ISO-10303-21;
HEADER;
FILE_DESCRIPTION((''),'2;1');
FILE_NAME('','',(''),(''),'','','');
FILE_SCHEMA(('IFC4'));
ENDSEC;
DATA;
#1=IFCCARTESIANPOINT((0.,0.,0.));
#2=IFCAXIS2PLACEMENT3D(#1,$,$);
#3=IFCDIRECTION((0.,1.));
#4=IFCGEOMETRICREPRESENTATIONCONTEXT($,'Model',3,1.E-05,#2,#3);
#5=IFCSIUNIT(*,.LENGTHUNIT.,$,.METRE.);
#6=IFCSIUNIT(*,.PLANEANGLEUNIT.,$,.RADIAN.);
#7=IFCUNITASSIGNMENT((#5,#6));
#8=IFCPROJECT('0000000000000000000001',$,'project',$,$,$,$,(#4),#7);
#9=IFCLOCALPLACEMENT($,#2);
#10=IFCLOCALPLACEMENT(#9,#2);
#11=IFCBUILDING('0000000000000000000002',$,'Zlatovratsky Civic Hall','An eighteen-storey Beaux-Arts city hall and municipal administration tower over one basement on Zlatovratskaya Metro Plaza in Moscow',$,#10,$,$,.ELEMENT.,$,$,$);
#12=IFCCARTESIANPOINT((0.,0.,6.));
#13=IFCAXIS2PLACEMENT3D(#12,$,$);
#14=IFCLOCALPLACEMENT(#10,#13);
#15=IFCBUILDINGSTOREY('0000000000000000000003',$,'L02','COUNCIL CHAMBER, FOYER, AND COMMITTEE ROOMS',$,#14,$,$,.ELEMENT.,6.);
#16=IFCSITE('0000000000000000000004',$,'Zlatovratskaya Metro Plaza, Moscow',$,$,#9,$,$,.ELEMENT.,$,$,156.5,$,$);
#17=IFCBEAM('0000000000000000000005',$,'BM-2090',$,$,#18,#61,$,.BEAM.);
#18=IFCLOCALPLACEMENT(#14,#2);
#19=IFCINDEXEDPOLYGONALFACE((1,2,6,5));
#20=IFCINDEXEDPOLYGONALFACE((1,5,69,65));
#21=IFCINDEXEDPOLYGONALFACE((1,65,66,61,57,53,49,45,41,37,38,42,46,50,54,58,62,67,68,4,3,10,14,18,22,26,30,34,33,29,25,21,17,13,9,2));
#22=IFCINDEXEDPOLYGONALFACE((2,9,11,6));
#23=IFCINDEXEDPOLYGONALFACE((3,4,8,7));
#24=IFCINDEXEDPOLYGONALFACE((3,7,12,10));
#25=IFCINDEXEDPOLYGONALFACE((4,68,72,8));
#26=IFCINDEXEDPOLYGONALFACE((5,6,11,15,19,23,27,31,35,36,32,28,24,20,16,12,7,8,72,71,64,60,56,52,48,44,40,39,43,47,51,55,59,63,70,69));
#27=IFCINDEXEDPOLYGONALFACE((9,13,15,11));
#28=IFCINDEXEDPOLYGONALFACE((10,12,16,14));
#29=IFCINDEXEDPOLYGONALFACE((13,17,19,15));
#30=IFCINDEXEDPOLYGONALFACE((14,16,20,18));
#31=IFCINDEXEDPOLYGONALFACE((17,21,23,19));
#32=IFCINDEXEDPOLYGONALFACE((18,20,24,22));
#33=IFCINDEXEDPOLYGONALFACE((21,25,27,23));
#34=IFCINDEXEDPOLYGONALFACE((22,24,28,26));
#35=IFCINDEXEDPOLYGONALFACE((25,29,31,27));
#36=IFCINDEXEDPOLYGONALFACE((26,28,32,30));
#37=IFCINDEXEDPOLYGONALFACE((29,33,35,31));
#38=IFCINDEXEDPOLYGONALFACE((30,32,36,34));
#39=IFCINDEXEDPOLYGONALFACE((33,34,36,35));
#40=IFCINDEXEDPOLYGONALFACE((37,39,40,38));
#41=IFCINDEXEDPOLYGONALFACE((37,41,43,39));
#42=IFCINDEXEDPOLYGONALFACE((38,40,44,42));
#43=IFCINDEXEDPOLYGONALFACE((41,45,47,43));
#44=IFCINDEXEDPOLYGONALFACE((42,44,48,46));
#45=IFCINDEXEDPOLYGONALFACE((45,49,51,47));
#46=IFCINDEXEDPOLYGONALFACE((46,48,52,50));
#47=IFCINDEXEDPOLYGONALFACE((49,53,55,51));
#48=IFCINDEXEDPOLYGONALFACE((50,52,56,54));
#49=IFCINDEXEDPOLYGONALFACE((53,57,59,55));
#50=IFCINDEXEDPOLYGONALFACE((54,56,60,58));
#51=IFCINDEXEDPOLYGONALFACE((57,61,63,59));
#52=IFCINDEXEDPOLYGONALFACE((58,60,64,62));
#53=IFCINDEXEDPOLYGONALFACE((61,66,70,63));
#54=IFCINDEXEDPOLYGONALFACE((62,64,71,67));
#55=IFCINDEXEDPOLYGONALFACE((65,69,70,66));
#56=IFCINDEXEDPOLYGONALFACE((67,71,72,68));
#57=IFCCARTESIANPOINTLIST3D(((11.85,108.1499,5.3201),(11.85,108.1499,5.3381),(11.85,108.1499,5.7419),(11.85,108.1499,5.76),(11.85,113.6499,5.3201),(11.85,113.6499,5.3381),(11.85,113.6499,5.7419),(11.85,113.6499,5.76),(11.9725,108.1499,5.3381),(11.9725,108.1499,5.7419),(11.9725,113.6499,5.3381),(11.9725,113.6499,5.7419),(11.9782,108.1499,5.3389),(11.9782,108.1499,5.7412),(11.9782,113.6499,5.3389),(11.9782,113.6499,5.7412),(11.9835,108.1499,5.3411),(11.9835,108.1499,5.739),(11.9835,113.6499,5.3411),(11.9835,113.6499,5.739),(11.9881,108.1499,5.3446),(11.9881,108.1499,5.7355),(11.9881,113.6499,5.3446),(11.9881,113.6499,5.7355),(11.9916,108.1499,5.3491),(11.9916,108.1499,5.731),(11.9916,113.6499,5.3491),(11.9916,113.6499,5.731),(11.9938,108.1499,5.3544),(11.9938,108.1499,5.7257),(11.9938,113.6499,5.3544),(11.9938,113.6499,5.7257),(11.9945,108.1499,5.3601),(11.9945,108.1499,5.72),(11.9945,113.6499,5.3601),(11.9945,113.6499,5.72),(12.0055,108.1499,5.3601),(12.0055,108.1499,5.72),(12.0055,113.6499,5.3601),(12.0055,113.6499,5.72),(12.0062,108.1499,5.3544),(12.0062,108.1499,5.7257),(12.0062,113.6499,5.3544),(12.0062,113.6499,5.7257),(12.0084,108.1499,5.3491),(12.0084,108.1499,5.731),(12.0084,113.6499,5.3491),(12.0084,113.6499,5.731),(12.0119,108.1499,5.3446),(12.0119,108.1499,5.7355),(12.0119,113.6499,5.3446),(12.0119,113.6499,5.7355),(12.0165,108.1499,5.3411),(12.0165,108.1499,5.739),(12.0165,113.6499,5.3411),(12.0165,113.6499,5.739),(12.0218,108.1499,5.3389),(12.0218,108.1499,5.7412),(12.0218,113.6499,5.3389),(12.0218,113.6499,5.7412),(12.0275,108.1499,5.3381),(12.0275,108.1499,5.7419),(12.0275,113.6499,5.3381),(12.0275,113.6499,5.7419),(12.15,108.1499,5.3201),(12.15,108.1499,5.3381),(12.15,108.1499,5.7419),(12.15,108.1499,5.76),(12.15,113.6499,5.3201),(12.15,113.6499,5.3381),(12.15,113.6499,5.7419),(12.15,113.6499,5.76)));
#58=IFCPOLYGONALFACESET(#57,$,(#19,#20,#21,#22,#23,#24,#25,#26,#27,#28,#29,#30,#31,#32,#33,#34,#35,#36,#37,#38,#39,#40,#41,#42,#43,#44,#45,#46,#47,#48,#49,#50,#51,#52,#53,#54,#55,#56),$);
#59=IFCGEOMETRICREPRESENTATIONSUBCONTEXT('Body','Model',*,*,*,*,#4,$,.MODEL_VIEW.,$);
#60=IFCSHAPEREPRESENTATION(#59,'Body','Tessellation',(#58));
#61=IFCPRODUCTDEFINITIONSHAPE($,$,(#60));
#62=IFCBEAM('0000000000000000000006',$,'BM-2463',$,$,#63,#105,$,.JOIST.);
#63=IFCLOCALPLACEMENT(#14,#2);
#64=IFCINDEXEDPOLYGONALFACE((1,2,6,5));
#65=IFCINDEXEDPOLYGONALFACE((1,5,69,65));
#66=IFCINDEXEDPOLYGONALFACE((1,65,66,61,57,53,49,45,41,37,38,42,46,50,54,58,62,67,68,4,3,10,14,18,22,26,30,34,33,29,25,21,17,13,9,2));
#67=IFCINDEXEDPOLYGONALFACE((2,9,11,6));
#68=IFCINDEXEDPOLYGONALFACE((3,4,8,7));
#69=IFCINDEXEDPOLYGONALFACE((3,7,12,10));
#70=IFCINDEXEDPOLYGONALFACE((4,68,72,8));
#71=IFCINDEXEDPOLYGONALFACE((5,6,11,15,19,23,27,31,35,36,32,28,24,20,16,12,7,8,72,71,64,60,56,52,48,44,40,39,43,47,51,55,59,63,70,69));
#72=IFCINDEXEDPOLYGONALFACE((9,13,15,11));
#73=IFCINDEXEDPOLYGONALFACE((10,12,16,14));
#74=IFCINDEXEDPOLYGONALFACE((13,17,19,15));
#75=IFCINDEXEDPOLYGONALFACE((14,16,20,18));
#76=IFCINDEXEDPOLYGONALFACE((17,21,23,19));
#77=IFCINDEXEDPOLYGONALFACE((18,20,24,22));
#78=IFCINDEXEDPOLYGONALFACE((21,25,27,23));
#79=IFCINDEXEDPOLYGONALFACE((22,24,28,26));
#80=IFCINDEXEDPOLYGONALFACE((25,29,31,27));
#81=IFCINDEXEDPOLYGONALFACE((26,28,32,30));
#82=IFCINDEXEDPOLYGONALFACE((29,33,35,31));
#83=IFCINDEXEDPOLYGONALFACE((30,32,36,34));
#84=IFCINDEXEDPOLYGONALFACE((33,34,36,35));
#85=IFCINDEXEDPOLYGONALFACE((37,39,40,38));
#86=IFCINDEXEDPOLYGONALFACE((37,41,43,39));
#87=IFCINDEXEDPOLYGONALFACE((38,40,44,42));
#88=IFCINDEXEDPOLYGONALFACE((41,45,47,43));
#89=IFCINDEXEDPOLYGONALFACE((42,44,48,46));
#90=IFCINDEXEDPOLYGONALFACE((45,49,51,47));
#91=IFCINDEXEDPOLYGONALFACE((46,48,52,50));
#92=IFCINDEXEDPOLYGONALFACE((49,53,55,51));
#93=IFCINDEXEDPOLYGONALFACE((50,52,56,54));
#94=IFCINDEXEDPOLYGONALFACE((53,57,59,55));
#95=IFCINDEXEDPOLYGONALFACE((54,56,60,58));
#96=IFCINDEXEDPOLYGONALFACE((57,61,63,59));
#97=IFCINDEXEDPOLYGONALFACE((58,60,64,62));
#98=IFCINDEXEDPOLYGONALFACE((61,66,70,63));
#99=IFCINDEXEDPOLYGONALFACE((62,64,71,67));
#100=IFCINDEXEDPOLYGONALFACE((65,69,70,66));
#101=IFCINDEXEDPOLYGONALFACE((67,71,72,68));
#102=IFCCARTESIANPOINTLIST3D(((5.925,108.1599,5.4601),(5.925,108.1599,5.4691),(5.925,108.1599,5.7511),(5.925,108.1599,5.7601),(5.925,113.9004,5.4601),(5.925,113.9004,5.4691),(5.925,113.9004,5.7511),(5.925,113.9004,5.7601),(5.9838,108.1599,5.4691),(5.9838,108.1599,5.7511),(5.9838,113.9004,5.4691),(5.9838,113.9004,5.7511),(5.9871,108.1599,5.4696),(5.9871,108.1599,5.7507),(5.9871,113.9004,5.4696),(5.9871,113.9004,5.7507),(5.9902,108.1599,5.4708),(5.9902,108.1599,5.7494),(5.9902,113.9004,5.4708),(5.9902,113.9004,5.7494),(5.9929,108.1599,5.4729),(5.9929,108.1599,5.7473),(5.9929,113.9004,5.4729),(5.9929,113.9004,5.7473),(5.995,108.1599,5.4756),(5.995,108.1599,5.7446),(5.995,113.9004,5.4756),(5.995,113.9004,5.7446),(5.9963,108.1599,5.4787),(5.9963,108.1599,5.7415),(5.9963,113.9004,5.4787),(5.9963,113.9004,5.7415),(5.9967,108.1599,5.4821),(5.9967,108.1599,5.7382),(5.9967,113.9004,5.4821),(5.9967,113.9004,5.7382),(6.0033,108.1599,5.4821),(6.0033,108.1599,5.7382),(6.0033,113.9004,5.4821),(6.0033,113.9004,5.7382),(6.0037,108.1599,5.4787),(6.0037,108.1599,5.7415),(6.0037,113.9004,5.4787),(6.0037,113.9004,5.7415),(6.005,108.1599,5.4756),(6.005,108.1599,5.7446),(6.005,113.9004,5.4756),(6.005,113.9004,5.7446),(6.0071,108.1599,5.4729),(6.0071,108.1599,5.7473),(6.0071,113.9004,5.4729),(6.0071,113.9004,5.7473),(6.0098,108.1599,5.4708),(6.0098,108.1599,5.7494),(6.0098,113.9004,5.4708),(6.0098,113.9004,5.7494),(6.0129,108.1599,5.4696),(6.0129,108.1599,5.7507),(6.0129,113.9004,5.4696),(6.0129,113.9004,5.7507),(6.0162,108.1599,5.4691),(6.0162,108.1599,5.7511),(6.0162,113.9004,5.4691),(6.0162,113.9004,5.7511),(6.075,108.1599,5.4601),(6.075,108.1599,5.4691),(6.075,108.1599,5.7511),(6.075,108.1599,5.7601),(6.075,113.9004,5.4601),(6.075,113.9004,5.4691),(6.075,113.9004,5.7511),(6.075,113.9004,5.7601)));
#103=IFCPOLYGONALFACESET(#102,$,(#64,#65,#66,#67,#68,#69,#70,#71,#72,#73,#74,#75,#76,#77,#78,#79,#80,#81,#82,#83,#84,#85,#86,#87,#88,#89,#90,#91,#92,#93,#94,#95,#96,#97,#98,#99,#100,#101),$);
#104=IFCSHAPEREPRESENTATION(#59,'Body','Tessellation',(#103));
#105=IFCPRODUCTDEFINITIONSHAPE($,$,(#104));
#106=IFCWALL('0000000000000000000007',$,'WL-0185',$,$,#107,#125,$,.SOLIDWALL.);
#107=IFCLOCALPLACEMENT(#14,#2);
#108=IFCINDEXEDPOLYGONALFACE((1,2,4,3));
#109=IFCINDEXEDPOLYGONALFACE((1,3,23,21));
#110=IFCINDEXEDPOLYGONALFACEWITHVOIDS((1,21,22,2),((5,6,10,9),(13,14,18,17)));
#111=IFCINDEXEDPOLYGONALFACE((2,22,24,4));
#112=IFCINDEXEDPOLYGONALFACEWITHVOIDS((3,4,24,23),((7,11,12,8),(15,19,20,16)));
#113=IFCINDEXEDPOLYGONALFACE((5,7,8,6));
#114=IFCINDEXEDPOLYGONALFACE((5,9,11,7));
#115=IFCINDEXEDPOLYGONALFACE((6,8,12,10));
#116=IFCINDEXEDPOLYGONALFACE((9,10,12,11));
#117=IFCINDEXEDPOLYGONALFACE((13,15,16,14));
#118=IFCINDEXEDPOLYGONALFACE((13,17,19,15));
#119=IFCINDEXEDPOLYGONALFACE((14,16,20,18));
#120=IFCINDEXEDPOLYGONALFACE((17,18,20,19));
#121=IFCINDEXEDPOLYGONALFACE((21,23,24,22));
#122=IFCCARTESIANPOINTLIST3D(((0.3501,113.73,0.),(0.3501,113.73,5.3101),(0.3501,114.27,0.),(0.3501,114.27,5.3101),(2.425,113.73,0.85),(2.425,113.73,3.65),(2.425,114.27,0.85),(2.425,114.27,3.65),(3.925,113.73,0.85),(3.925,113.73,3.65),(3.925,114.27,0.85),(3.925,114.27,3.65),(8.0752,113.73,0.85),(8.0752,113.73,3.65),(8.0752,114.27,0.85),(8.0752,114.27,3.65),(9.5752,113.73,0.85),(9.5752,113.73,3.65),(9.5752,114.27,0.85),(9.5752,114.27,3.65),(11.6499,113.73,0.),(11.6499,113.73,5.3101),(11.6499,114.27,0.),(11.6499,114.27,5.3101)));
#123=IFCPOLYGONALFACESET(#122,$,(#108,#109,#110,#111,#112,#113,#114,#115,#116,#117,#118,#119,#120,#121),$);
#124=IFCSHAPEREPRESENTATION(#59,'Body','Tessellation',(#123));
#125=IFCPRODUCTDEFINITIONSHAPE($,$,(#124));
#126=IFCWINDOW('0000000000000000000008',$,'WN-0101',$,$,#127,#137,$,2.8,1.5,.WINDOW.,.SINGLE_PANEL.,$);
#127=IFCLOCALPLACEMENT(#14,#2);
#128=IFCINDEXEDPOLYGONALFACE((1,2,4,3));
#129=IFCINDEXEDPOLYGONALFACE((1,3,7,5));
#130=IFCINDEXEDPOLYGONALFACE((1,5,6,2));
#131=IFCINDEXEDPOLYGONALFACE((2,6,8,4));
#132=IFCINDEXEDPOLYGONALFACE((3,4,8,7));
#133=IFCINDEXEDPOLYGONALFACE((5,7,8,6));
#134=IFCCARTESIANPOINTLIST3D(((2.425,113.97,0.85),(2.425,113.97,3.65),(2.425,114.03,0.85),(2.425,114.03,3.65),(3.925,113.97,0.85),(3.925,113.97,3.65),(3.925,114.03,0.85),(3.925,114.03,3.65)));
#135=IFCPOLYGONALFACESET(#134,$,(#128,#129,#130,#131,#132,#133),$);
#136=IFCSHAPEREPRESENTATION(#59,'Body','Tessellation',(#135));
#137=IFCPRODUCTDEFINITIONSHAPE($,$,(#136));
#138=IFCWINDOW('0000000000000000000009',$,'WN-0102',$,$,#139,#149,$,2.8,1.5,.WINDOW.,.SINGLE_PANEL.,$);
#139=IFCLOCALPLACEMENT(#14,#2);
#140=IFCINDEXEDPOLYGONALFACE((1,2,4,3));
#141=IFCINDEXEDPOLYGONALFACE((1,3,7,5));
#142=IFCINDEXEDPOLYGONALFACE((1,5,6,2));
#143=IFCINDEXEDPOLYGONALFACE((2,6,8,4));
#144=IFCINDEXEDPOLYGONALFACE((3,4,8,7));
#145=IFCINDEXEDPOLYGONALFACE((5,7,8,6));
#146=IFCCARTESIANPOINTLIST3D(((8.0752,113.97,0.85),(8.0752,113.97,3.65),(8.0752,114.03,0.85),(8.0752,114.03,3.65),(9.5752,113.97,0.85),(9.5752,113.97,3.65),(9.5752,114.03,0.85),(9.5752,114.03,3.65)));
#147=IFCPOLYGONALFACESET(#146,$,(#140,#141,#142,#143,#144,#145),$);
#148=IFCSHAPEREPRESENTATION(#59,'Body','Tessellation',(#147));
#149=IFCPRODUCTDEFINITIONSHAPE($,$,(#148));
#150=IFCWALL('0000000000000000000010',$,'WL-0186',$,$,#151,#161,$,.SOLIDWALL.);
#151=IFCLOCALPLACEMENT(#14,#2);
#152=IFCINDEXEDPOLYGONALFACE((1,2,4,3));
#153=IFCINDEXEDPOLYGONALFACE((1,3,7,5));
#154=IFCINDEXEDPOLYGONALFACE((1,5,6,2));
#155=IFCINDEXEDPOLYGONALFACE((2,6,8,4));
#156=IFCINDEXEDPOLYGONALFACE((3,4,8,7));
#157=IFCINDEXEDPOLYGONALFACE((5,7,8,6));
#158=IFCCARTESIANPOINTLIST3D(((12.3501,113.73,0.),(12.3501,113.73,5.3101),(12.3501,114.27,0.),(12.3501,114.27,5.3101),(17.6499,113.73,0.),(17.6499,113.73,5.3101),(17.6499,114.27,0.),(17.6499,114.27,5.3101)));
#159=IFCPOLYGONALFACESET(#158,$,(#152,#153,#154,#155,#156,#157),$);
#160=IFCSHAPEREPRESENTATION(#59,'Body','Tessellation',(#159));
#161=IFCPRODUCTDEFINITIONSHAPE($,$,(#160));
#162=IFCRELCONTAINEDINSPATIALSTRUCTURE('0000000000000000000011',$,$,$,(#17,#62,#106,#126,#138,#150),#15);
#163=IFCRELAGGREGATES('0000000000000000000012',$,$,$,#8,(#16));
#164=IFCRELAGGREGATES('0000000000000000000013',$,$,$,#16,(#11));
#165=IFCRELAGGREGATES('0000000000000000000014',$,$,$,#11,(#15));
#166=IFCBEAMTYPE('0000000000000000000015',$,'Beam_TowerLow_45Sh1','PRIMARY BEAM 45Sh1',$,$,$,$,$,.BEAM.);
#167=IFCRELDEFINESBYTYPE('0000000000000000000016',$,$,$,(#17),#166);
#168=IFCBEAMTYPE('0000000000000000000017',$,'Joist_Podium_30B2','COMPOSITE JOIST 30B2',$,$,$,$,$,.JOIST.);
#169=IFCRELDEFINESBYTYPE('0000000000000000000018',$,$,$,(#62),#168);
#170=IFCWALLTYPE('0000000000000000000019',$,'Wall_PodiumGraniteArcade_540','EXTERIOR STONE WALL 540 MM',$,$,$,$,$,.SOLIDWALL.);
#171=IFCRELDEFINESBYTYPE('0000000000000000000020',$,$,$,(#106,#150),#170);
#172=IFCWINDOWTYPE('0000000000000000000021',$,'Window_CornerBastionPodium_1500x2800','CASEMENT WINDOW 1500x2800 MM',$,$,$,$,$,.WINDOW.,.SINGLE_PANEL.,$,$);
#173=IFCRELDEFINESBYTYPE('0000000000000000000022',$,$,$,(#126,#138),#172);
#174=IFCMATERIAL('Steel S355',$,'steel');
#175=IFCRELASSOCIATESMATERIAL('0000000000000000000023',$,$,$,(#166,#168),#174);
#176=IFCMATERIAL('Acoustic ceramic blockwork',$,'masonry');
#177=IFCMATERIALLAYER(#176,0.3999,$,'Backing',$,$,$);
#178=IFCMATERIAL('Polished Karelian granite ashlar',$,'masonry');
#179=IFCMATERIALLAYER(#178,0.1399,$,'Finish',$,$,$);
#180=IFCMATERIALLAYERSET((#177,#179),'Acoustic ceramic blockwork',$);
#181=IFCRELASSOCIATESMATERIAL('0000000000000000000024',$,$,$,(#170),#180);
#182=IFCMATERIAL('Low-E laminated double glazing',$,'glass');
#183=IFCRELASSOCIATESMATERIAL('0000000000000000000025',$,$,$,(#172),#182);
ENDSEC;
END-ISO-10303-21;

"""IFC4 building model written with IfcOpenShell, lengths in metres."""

from ifc_helpers import new_model, si_unit, direction, frame, frame_2d, origin, origin_2d, place, context, subcontext, project, spatial, rectangle, i_section, extrude, material, layer, layer_set, material_profile, profile_set, type_object, element, fill, save


model = new_model("IFC4")

# Units and contexts
model_context = context("Model", 3, precision=1e-05, world=origin(), true_north=direction((0.0, 1.0)))
body_context = subcontext(model_context, "Body", "Model", "MODEL_VIEW")
ifc_project = project(units=[si_unit("LENGTHUNIT", "METRE"), si_unit("PLANEANGLEUNIT", "RADIAN")], contexts=[model_context])

# Site, building, storey
site_placement = place(None, origin())
site = spatial("IfcSite", under=ifc_project, at=site_placement, Name="Zlatovratskaya Metro Plaza, Moscow", CompositionType="ELEMENT", RefElevation=156.5)
building_placement = place(site_placement, origin())
building = spatial("IfcBuilding", under=site, at=building_placement, Name="Zlatovratsky Civic Hall", Description="An eighteen-storey Beaux-Arts city hall and municipal administration tower over one basement on Zlatovratskaya Metro Plaza in Moscow", CompositionType="ELEMENT")
storey_placement = place(building_placement, frame((0.0, 0.0, 6.0)))
storey = spatial("IfcBuildingStorey", under=building, at=storey_placement, Name="L02", Description="COUNCIL CHAMBER, FOYER, AND COMMITTEE ROOMS", CompositionType="ELEMENT", Elevation=6.0)

# Shared definitions
ifc_material_1 = material(Name="Steel S355", Category="steel")

# Beams
ifc_material_profile_1 = material_profile(ifc_material_1, i_section(OverallWidth=0.3, OverallDepth=0.4399, WebThickness=0.011, FlangeThickness=0.0181, FilletRadius=0.022, at=origin_2d()), Name="45Sh1")
ifc_profile_set_1 = profile_set([ifc_material_profile_1], Name="Steel S355")
beam_type_1 = type_object("IfcBeamType", Name="Beam_TowerLow_45Sh1", Description="PRIMARY BEAM 45Sh1", PredefinedType="BEAM", material=ifc_profile_set_1)
beam_1_placement = place(storey_placement, frame((12.0, 108.1499, 5.54), z_axis=(0.0, 1.0, 0.0), x_axis=(-1.0, 0.0, 0.0)))
element("IfcBeam", 1, at=beam_1_placement, inside=storey, type_object=beam_type_1, Name="BM-2090", PredefinedType="BEAM", context=body_context, shape_type="SweptSolid", body=[
    extrude(i_section(OverallWidth=0.3, OverallDepth=0.4399, WebThickness=0.011, FlangeThickness=0.0181, FilletRadius=0.022, at=origin_2d()), origin(), (0.0, 0.0, 1.0), 5.5),
])
ifc_material_profile_2 = material_profile(ifc_material_1, i_section(OverallWidth=0.1499, OverallDepth=0.3, WebThickness=0.0066, FlangeThickness=0.009, FilletRadius=0.0129, at=origin_2d()), Name="30B2")
ifc_profile_set_2 = profile_set([ifc_material_profile_2], Name="Steel S355")
beam_type_2 = type_object("IfcBeamType", Name="Joist_Podium_30B2", Description="COMPOSITE JOIST 30B2", PredefinedType="JOIST", material=ifc_profile_set_2)
beam_2_placement = place(storey_placement, frame((6.0, 108.1599, 5.6101), z_axis=(0.0, 1.0, 0.0), x_axis=(-1.0, 0.0, 0.0)))
element("IfcBeam", 2, at=beam_2_placement, inside=storey, type_object=beam_type_2, Name="BM-2463", PredefinedType="JOIST", context=body_context, shape_type="SweptSolid", body=[
    extrude(i_section(OverallWidth=0.1499, OverallDepth=0.3, WebThickness=0.0066, FlangeThickness=0.009, FilletRadius=0.0129, at=origin_2d()), origin(), (0.0, 0.0, 1.0), 5.7405),
])

# Wall, openings, windows
ifc_material_2 = material(Name="Acoustic ceramic blockwork", Category="masonry")
ifc_layer_1 = layer(ifc_material_2, 0.3999, Name="Backing")
ifc_material_3 = material(Name="Polished Karelian granite ashlar", Category="masonry")
ifc_layer_2 = layer(ifc_material_3, 0.1399, Name="Finish")
ifc_layer_set = layer_set([ifc_layer_1, ifc_layer_2], Name="Acoustic ceramic blockwork")
wall_type = type_object("IfcWallType", Name="Wall_PodiumGraniteArcade_540", Description="EXTERIOR STONE WALL 540 MM", PredefinedType="SOLIDWALL", material=ifc_layer_set)
wall_1_placement = place(storey_placement, frame((0.3501, 114.0, 0.0), z_axis=(0.0, 0.0, 1.0), x_axis=(1.0, 0.0, 0.0)))
wall_1 = element("IfcWall", 3, at=wall_1_placement, inside=storey, type_object=wall_type, Name="WL-0185", PredefinedType="SOLIDWALL", context=body_context, shape_type="SweptSolid", body=[
    extrude(rectangle(XDim=11.2998, YDim=0.54, at=frame_2d((5.6499, 0.0))), origin(), (0.0, 0.0, 1.0), 5.3101),
])
opening_1_placement = place(wall_1_placement, frame((2.075, 0.0, 0.8501)))
opening_1 = element("IfcOpeningElement", 4, at=opening_1_placement, cuts=wall_1, PredefinedType="OPENING", context=body_context, shape_type="SweptSolid", body=[
    extrude(rectangle(XDim=1.5, YDim=2.8, at=frame_2d((0.75, 1.3999))), frame((0.0, 0.2849, 0.0), z_axis=(0.0, -1.0, 0.0), x_axis=(1.0, 0.0, 0.0)), (0.0, 0.0, 1.0), 0.5698),
])
opening_2_placement = place(wall_1_placement, frame((7.7251, 0.0, 0.8501)))
opening_2 = element("IfcOpeningElement", 5, at=opening_2_placement, cuts=wall_1, PredefinedType="OPENING", context=body_context, shape_type="SweptSolid", body=[
    extrude(rectangle(XDim=1.5, YDim=2.8, at=frame_2d((0.75, 1.3999))), frame((0.0, 0.2849, 0.0), z_axis=(0.0, -1.0, 0.0), x_axis=(1.0, 0.0, 0.0)), (0.0, 0.0, 1.0), 0.5698),
])
ifc_material_4 = material(Name="Low-E laminated double glazing", Category="glass")
window_type_1 = type_object("IfcWindowType", Name="Window_CornerBastionPodium_1500x2800", Description="CASEMENT WINDOW 1500x2800 MM", PartitioningType="SINGLE_PANEL", PredefinedType="WINDOW", material=ifc_material_4)
window_1_placement = place(opening_1_placement, origin())
window_1 = element("IfcWindow", 6, at=window_1_placement, inside=storey, type_object=window_type_1, Name="WN-0101", OverallHeight=2.8, OverallWidth=1.5, PartitioningType="SINGLE_PANEL", PredefinedType="WINDOW", context=body_context, shape_type="SweptSolid", body=[
    extrude(rectangle(XDim=1.5, YDim=2.8, at=frame_2d((0.75, 1.3999))), frame((0.0, 0.03, 0.0), z_axis=(0.0, -1.0, 0.0), x_axis=(1.0, 0.0, 0.0)), (0.0, 0.0, 1.0), 0.0601),
])
fill(opening_1, window_1)
window_2_placement = place(opening_2_placement, origin())
window_2 = element("IfcWindow", 7, at=window_2_placement, inside=storey, type_object=window_type_1, Name="WN-0102", OverallHeight=2.8, OverallWidth=1.5, PartitioningType="SINGLE_PANEL", PredefinedType="WINDOW", context=body_context, shape_type="SweptSolid", body=[
    extrude(rectangle(XDim=1.5, YDim=2.8, at=frame_2d((0.75, 1.3999))), frame((0.0, 0.03, 0.0), z_axis=(0.0, -1.0, 0.0), x_axis=(1.0, 0.0, 0.0)), (0.0, 0.0, 1.0), 0.0601),
])
fill(opening_2, window_2)

# Wall
wall_2_placement = place(storey_placement, frame((12.3501, 114.0, 0.0), z_axis=(0.0, 0.0, 1.0), x_axis=(1.0, 0.0, 0.0)))
element("IfcWall", 8, at=wall_2_placement, inside=storey, type_object=wall_type, Name="WL-0186", PredefinedType="SOLIDWALL", context=body_context, shape_type="SweptSolid", body=[
    extrude(rectangle(XDim=5.2998, YDim=0.54, at=frame_2d((2.6499, 0.0))), origin(), (0.0, 0.0, 1.0), 5.3101),
])

save(model, "model.ifc")
